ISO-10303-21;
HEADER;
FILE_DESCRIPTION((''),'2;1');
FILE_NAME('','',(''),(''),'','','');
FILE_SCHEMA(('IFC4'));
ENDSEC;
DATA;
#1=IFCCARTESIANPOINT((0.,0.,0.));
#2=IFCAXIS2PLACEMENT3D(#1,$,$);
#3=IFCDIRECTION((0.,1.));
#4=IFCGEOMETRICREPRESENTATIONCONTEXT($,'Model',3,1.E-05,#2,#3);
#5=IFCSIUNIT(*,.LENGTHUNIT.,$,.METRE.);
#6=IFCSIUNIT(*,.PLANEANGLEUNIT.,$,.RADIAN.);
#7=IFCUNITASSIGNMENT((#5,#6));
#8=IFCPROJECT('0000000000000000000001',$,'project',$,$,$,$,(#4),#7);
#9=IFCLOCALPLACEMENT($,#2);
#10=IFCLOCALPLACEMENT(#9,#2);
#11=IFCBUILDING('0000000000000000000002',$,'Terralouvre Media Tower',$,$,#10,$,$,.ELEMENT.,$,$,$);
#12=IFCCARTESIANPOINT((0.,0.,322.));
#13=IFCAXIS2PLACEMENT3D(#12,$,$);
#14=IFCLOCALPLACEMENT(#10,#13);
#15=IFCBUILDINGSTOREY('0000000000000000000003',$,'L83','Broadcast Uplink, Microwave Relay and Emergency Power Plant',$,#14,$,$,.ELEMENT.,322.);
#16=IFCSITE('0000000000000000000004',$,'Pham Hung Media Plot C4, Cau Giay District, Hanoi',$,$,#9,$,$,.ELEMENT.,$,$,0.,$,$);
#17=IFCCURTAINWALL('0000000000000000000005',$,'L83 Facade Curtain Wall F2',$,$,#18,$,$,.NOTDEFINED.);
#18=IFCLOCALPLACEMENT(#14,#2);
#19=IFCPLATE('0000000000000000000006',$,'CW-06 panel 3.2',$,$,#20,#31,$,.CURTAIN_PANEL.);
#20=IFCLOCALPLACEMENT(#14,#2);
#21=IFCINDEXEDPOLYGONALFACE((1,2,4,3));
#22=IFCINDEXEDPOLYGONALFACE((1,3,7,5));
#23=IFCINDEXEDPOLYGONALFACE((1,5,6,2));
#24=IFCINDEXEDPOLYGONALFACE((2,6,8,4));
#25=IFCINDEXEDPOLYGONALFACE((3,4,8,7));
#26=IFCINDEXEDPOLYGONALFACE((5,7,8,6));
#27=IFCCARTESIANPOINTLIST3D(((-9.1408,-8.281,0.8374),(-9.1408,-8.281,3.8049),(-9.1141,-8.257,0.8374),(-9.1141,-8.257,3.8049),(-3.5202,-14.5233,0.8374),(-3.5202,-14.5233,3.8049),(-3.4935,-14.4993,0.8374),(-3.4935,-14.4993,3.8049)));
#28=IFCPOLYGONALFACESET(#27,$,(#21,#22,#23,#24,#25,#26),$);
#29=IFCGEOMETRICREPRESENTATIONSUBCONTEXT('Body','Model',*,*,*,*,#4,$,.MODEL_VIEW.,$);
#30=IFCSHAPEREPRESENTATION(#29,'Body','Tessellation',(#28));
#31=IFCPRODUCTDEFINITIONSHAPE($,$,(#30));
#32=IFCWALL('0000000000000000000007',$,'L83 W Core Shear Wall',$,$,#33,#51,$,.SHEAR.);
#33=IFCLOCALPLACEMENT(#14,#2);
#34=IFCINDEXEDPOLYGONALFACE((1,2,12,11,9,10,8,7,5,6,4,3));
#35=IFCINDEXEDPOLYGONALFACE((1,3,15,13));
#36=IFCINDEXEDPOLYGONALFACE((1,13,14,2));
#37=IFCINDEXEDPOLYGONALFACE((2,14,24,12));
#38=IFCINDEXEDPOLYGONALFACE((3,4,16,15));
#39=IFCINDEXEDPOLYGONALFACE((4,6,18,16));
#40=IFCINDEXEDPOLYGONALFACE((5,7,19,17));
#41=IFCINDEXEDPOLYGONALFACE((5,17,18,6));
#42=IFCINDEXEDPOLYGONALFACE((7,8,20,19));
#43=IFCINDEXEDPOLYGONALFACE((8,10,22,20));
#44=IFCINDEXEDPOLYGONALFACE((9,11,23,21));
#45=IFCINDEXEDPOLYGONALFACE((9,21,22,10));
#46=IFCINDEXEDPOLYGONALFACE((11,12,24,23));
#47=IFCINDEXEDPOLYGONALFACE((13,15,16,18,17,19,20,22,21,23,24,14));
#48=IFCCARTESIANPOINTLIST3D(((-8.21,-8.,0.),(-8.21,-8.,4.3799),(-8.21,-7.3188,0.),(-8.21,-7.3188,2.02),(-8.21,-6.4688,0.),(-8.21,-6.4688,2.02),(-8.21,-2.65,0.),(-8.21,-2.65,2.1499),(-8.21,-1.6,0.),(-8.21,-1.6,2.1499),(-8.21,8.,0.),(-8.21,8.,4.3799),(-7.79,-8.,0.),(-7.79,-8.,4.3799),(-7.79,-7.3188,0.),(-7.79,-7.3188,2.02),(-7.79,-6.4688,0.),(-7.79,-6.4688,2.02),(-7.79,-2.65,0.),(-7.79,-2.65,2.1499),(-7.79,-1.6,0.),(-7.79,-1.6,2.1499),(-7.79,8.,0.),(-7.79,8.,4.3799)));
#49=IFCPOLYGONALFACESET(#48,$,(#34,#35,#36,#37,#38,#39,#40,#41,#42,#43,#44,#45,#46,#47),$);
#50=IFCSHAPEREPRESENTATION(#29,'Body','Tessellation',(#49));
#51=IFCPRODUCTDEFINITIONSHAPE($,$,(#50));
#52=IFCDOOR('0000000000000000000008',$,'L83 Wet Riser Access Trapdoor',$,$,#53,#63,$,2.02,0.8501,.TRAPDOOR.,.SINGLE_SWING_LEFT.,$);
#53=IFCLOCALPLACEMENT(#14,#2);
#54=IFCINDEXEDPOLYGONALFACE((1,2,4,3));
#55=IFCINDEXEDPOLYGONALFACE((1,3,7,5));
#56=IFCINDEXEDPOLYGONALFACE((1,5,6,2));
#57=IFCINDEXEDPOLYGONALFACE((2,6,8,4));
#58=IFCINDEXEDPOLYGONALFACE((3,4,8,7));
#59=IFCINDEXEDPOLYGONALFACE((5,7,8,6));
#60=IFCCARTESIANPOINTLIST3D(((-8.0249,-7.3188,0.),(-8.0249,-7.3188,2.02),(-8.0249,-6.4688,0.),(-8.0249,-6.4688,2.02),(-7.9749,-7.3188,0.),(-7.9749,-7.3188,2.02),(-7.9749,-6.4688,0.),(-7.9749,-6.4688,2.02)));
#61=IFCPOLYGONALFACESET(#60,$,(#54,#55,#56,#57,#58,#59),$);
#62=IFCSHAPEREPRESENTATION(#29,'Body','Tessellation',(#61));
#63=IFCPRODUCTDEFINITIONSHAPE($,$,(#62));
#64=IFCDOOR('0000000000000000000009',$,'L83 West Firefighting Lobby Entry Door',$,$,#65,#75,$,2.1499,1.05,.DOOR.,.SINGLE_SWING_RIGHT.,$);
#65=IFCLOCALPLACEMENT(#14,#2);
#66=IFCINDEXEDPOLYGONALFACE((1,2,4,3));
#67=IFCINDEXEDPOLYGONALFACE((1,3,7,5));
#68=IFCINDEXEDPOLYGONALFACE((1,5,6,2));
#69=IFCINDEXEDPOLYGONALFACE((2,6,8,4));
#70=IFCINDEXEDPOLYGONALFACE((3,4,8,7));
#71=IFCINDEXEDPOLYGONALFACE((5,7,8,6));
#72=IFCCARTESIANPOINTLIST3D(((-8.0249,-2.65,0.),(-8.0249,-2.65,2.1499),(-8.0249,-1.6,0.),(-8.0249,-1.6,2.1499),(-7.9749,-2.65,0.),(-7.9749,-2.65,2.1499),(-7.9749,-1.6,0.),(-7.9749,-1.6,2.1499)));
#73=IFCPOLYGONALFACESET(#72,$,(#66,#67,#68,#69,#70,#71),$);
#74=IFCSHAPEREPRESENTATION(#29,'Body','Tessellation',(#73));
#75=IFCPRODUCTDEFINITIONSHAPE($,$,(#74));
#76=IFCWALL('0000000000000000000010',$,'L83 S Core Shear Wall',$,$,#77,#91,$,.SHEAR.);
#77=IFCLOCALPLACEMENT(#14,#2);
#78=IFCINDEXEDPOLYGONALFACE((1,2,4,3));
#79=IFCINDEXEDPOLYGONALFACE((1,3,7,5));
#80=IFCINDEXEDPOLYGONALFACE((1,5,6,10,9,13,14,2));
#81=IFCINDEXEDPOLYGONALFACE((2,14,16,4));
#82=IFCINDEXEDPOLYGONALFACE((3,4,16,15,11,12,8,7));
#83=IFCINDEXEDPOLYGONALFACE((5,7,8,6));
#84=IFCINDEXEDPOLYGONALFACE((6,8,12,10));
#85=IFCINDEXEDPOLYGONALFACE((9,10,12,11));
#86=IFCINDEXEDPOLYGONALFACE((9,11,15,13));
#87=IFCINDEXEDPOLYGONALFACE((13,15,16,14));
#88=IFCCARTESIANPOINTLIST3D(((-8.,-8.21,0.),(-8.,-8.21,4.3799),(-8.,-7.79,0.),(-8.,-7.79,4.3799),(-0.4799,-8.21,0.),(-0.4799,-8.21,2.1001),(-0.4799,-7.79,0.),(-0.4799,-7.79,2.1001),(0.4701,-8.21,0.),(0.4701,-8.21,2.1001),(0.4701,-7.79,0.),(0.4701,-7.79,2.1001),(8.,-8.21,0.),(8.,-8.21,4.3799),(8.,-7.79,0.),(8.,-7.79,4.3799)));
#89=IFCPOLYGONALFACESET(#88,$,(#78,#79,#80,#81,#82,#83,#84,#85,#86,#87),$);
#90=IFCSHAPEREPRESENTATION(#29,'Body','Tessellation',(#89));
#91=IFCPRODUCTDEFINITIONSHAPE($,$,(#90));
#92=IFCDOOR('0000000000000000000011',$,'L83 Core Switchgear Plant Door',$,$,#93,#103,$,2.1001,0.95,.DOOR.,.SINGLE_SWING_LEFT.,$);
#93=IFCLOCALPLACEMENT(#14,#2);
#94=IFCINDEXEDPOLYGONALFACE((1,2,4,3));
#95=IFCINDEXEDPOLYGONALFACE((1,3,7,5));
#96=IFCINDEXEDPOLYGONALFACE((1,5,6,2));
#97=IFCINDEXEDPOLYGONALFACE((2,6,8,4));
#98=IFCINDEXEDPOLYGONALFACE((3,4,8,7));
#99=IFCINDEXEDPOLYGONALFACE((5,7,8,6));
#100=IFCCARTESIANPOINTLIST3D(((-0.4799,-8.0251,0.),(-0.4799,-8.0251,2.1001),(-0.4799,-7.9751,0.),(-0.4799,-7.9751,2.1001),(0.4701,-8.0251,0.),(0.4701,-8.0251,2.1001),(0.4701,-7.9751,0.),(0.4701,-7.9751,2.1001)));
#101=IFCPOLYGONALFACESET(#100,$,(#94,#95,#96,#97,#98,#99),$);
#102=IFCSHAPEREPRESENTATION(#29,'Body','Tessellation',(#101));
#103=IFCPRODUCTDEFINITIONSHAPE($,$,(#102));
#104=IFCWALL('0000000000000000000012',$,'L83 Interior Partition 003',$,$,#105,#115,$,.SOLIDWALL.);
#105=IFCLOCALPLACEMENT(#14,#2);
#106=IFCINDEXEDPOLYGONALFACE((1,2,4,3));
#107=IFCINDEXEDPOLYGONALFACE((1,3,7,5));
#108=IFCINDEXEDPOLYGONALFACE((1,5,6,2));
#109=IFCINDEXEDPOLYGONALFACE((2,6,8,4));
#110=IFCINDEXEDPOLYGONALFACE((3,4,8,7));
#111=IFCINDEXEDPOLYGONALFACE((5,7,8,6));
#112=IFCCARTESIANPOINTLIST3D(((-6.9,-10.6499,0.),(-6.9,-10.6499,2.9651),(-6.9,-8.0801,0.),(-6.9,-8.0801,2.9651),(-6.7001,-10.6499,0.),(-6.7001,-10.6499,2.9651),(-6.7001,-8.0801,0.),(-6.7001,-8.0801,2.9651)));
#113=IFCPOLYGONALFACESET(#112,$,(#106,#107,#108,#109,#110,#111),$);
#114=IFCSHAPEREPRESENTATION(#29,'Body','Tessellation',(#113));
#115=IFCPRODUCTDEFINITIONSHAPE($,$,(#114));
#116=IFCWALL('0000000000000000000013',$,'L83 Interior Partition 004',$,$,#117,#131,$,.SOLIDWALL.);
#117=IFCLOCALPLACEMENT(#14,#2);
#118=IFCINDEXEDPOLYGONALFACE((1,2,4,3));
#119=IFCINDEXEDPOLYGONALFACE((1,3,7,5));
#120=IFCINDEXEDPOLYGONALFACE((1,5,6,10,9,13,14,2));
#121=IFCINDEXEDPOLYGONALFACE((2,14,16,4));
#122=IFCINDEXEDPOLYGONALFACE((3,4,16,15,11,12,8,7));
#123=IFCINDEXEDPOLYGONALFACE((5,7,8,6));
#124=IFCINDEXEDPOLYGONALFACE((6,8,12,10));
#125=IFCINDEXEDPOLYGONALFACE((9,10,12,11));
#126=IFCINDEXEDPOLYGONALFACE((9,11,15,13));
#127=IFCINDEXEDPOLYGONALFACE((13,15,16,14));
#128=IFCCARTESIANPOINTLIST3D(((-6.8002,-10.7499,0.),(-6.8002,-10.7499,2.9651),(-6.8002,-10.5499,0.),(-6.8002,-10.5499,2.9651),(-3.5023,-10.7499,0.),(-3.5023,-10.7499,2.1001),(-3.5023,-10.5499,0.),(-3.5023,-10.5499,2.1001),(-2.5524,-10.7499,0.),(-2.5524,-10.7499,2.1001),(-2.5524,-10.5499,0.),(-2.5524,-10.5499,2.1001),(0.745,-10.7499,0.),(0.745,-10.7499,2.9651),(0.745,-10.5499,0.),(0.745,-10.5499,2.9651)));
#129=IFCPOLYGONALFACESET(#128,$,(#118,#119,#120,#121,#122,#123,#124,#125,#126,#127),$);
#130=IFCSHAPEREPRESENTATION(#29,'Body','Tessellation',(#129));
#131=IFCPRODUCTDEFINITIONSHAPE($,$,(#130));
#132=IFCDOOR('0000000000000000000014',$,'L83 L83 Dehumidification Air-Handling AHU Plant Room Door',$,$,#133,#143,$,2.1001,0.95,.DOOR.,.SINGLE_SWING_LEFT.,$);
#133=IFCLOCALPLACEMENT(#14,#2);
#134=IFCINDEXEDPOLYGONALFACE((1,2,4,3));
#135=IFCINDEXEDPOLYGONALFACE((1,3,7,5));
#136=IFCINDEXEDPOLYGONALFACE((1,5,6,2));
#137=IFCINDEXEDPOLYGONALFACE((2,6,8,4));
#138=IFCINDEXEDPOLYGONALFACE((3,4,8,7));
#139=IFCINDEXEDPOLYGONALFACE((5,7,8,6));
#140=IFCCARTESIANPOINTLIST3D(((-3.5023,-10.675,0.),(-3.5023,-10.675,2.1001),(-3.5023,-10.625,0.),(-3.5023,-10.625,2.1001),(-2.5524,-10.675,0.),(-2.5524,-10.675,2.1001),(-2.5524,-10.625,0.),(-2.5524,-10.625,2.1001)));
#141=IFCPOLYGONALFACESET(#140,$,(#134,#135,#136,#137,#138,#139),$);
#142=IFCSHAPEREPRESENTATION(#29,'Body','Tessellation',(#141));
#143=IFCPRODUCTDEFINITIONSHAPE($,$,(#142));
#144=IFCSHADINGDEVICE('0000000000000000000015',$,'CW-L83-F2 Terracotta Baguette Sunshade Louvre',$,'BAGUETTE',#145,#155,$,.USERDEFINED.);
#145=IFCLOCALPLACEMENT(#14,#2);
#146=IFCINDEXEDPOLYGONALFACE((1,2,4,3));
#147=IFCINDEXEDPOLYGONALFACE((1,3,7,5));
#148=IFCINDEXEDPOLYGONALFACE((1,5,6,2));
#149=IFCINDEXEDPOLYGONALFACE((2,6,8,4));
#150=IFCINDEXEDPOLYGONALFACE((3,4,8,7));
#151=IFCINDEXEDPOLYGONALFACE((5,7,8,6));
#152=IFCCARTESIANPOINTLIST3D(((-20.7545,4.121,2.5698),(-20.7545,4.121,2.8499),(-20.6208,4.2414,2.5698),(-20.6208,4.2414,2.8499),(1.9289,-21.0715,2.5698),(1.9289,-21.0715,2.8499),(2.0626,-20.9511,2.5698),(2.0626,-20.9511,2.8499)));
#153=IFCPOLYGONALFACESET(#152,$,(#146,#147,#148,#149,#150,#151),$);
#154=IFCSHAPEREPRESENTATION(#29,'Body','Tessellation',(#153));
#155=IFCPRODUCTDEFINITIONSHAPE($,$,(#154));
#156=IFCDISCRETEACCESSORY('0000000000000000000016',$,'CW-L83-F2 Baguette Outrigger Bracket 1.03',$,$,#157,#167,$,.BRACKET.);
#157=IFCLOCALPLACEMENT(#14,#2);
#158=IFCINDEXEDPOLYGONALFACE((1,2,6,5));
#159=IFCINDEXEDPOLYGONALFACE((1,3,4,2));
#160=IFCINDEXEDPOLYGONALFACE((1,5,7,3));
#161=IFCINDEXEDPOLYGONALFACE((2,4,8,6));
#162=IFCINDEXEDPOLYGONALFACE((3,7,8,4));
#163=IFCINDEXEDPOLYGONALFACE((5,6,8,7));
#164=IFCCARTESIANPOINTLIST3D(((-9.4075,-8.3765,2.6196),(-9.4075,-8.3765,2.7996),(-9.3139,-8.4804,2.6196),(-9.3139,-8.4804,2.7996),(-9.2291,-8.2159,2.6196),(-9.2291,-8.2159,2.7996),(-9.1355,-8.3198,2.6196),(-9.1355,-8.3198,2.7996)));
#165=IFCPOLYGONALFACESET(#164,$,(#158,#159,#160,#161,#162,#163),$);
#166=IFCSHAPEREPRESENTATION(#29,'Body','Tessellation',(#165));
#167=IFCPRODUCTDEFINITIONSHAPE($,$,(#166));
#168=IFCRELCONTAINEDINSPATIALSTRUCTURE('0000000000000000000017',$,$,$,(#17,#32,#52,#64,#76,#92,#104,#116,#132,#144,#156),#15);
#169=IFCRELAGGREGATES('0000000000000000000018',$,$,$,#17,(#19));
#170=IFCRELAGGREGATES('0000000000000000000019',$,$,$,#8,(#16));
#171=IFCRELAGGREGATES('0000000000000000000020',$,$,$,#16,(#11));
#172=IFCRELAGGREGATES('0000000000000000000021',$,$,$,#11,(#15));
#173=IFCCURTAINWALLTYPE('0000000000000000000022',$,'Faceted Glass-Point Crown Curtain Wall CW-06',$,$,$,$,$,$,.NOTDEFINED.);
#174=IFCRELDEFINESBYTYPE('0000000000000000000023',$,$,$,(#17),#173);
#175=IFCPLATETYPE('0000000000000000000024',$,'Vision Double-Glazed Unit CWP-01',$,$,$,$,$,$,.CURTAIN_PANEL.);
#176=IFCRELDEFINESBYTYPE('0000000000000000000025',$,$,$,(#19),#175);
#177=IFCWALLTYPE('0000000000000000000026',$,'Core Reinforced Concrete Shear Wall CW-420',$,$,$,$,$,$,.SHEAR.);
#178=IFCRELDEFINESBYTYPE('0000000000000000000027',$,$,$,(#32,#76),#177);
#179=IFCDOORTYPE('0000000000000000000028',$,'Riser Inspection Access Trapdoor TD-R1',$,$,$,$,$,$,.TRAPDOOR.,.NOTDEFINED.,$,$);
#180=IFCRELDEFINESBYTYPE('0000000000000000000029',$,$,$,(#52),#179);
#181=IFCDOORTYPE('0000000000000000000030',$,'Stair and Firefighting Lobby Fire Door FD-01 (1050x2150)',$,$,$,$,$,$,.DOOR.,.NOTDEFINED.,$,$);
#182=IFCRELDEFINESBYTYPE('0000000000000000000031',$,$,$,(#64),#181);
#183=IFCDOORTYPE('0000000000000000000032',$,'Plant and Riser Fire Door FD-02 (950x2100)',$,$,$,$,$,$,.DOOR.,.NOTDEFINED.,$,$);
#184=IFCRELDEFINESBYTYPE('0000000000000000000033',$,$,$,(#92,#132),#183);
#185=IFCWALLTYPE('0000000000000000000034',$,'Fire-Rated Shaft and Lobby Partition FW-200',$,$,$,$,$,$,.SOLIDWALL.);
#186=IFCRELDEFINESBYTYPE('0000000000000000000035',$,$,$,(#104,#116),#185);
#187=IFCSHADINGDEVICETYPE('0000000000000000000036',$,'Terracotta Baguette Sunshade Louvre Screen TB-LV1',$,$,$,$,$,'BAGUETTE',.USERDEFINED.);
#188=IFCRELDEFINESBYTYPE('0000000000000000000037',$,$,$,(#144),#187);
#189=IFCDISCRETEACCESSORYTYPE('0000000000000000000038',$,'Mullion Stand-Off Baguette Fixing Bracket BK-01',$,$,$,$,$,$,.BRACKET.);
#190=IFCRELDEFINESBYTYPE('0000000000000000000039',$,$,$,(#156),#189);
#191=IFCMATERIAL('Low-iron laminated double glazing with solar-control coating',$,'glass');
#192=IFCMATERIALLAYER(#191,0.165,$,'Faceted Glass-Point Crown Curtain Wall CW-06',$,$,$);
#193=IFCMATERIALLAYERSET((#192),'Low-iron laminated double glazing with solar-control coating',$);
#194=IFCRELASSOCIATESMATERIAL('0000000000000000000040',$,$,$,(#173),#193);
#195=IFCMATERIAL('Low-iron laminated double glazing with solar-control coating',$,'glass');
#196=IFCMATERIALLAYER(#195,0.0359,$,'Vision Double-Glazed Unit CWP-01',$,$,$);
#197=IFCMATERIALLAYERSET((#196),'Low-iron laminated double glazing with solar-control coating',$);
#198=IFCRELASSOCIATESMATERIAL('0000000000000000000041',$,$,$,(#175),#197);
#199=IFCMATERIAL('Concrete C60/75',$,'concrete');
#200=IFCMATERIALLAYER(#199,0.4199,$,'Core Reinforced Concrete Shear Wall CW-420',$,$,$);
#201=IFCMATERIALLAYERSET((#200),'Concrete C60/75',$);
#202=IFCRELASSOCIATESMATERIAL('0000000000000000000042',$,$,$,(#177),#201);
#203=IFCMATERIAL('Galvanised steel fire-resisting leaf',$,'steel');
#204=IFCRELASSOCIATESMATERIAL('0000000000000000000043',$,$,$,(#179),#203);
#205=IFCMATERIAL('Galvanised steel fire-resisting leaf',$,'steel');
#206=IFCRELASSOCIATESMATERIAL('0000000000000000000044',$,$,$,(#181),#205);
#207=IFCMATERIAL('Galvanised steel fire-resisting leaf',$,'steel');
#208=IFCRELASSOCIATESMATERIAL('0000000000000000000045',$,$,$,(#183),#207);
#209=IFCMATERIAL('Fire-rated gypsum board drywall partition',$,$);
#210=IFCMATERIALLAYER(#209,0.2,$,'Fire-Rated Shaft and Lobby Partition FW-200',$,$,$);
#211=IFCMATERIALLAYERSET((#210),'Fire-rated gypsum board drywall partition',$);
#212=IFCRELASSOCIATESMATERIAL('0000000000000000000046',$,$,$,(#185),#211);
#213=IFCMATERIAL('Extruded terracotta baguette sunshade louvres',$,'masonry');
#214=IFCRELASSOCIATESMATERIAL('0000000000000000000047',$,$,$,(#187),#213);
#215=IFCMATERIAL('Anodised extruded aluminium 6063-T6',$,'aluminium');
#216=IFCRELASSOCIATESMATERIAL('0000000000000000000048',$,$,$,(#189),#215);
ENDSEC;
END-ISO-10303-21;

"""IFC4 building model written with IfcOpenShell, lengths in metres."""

from ifc_helpers import new_model, si_unit, direction, frame, frame_2d, origin, origin_2d, place, context, subcontext, project, spatial, rectangle, extrude, material, layer, layer_set, type_object, element, fill, aggregate, save


model = new_model("IFC4")

# Units and contexts
model_context = context("Model", 3, precision=1e-05, world=origin(), true_north=direction((0.0, 1.0)))
body_context = subcontext(model_context, "Body", "Model", "MODEL_VIEW")
ifc_project = project(units=[si_unit("LENGTHUNIT", "METRE"), si_unit("PLANEANGLEUNIT", "RADIAN")], contexts=[model_context])

# Site, building, storey
site_placement = place(None, origin())
site = spatial("IfcSite", under=ifc_project, at=site_placement, Name="Pham Hung Media Plot C4, Cau Giay District, Hanoi", CompositionType="ELEMENT", RefElevation=0.0)
building_placement = place(site_placement, origin())
building = spatial("IfcBuilding", under=site, at=building_placement, Name="Terralouvre Media Tower", CompositionType="ELEMENT")
storey_placement = place(building_placement, frame((0.0, 0.0, 322.0)))
storey = spatial("IfcBuildingStorey", under=building, at=storey_placement, Name="L83", Description="Broadcast Uplink, Microwave Relay and Emergency Power Plant", CompositionType="ELEMENT", Elevation=322.0)

# Curtain wall
ifc_material_1 = material(Name="Low-iron laminated double glazing with solar-control coating", Category="glass")
ifc_layer_1 = layer(ifc_material_1, 0.165, Name="Faceted Glass-Point Crown Curtain Wall CW-06")
ifc_layer_set_1 = layer_set([ifc_layer_1], Name="Low-iron laminated double glazing with solar-control coating")
curtain_wall_type = type_object("IfcCurtainWallType", Name="Faceted Glass-Point Crown Curtain Wall CW-06", PredefinedType="NOTDEFINED", material=ifc_layer_set_1)
curtain_wall_placement = place(storey_placement, origin())
curtain_wall = element("IfcCurtainWall", 1, at=curtain_wall_placement, inside=storey, type_object=curtain_wall_type, Name="L83 Facade Curtain Wall F2", PredefinedType="NOTDEFINED")

# Plate
ifc_material_2 = material(Name="Low-iron laminated double glazing with solar-control coating", Category="glass")
ifc_layer_2 = layer(ifc_material_2, 0.0359, Name="Vision Double-Glazed Unit CWP-01")
ifc_layer_set_2 = layer_set([ifc_layer_2], Name="Low-iron laminated double glazing with solar-control coating")
plate_type = type_object("IfcPlateType", Name="Vision Double-Glazed Unit CWP-01", PredefinedType="CURTAIN_PANEL", material=ifc_layer_set_2)
plate_1_placement = place(storey_placement, frame((-6.3171, -11.3901, 0.8374), z_axis=(0.0, 0.0, 1.0), x_axis=(0.669131, -0.743145, 0.0)))
plate_1 = element("IfcPlate", 2, at=plate_1_placement, type_object=plate_type, Name="CW-06 panel 3.2", PredefinedType="CURTAIN_PANEL", context=body_context, shape_type="SweptSolid", body=[
    extrude(rectangle(XDim=8.3999, YDim=0.0359, at=origin_2d()), origin(), (0.0, 0.0, 1.0), 2.9675),
])
aggregate(curtain_wall, [plate_1])

# Wall, openings, doors
ifc_material_3 = material(Name="Concrete C60/75", Category="concrete")
ifc_layer_3 = layer(ifc_material_3, 0.4199, Name="Core Reinforced Concrete Shear Wall CW-420")
ifc_layer_set_3 = layer_set([ifc_layer_3], Name="Concrete C60/75")
wall_type_1 = type_object("IfcWallType", Name="Core Reinforced Concrete Shear Wall CW-420", PredefinedType="SHEAR", material=ifc_layer_set_3)
wall_1_placement = place(storey_placement, frame((-8.0, -8.0, 0.0), z_axis=(0.0, 0.0, 1.0), x_axis=(0.0, 1.0, 0.0)))
wall_1 = element("IfcWall", 3, at=wall_1_placement, inside=storey, type_object=wall_type_1, Name="L83 W Core Shear Wall", PredefinedType="SHEAR", context=body_context, shape_type="SweptSolid", body=[
    extrude(rectangle(XDim=16.0, YDim=0.4199, at=frame_2d((8.0, 0.0))), origin(), (0.0, 0.0, 1.0), 4.3799),
])
opening_1_placement = place(wall_1_placement, frame((0.6812, 0.0, 0.0)))
opening_1 = element("IfcOpeningElement", 4, at=opening_1_placement, cuts=wall_1, PredefinedType="OPENING", context=body_context, shape_type="SweptSolid", body=[
    extrude(rectangle(XDim=0.8501, YDim=2.02, at=frame_2d((0.425, 1.01))), frame((0.0, 0.22, 0.0), z_axis=(0.0, -1.0, 0.0), x_axis=(1.0, 0.0, 0.0)), (0.0, 0.0, 1.0), 0.4399),
])
opening_2_placement = place(wall_1_placement, frame((5.3501, 0.0, 0.0)))
opening_2 = element("IfcOpeningElement", 5, at=opening_2_placement, cuts=wall_1, PredefinedType="OPENING", context=body_context, shape_type="SweptSolid", body=[
    extrude(rectangle(XDim=1.05, YDim=2.1499, at=frame_2d((0.5249, 1.075))), frame((0.0, 0.22, 0.0), z_axis=(0.0, -1.0, 0.0), x_axis=(1.0, 0.0, 0.0)), (0.0, 0.0, 1.0), 0.4399),
])
ifc_material_4 = material(Name="Galvanised steel fire-resisting leaf", Category="steel")
door_type_1 = type_object("IfcDoorType", Name="Riser Inspection Access Trapdoor TD-R1", OperationType="NOTDEFINED", PredefinedType="TRAPDOOR", material=ifc_material_4)
door_1_placement = place(opening_1_placement, origin())
door_1 = element("IfcDoor", 6, at=door_1_placement, inside=storey, type_object=door_type_1, Name="L83 Wet Riser Access Trapdoor", OperationType="SINGLE_SWING_LEFT", OverallHeight=2.02, OverallWidth=0.8501, PredefinedType="TRAPDOOR", context=body_context, shape_type="SweptSolid", body=[
    extrude(rectangle(XDim=0.8501, YDim=2.02, at=frame_2d((0.425, 1.01))), frame((0.0, 0.0249, 0.0), z_axis=(0.0, -1.0, 0.0), x_axis=(1.0, 0.0, 0.0)), (0.0, 0.0, 1.0), 0.05),
])
fill(opening_1, door_1)
ifc_material_5 = material(Name="Galvanised steel fire-resisting leaf", Category="steel")
door_type_2 = type_object("IfcDoorType", Name="Stair and Firefighting Lobby Fire Door FD-01 (1050x2150)", OperationType="NOTDEFINED", PredefinedType="DOOR", material=ifc_material_5)
door_2_placement = place(opening_2_placement, origin())
door_2 = element("IfcDoor", 7, at=door_2_placement, inside=storey, type_object=door_type_2, Name="L83 West Firefighting Lobby Entry Door", OperationType="SINGLE_SWING_RIGHT", OverallHeight=2.1499, OverallWidth=1.05, PredefinedType="DOOR", context=body_context, shape_type="SweptSolid", body=[
    extrude(rectangle(XDim=1.05, YDim=2.1499, at=frame_2d((0.5249, 1.075))), frame((0.0, 0.0249, 0.0), z_axis=(0.0, -1.0, 0.0), x_axis=(1.0, 0.0, 0.0)), (0.0, 0.0, 1.0), 0.05),
])
fill(opening_2, door_2)

# Wall, opening, door
wall_2_placement = place(storey_placement, frame((-8.0, -8.0, 0.0), z_axis=(0.0, 0.0, 1.0), x_axis=(1.0, 0.0, 0.0)))
wall_2 = element("IfcWall", 8, at=wall_2_placement, inside=storey, type_object=wall_type_1, Name="L83 S Core Shear Wall", PredefinedType="SHEAR", context=body_context, shape_type="SweptSolid", body=[
    extrude(rectangle(XDim=16.0, YDim=0.4199, at=frame_2d((8.0, 0.0))), origin(), (0.0, 0.0, 1.0), 4.3799),
])
opening_3_placement = place(wall_2_placement, frame((7.52, 0.0, 0.0)))
opening_3 = element("IfcOpeningElement", 9, at=opening_3_placement, cuts=wall_2, PredefinedType="OPENING", context=body_context, shape_type="SweptSolid", body=[
    extrude(rectangle(XDim=0.95, YDim=2.1001, at=frame_2d((0.4751, 1.05))), frame((0.0, 0.22, 0.0), z_axis=(0.0, -1.0, 0.0), x_axis=(1.0, 0.0, 0.0)), (0.0, 0.0, 1.0), 0.4399),
])
ifc_material_6 = material(Name="Galvanised steel fire-resisting leaf", Category="steel")
door_type_3 = type_object("IfcDoorType", Name="Plant and Riser Fire Door FD-02 (950x2100)", OperationType="NOTDEFINED", PredefinedType="DOOR", material=ifc_material_6)
door_3_placement = place(opening_3_placement, origin())
door_3 = element("IfcDoor", 10, at=door_3_placement, inside=storey, type_object=door_type_3, Name="L83 Core Switchgear Plant Door", OperationType="SINGLE_SWING_LEFT", OverallHeight=2.1001, OverallWidth=0.95, PredefinedType="DOOR", context=body_context, shape_type="SweptSolid", body=[
    extrude(rectangle(XDim=0.95, YDim=2.1001, at=frame_2d((0.4751, 1.05))), frame((0.0, 0.0249, 0.0), z_axis=(0.0, -1.0, 0.0), x_axis=(1.0, 0.0, 0.0)), (0.0, 0.0, 1.0), 0.05),
])
fill(opening_3, door_3)

# Wall
ifc_material_7 = material(Name="Fire-rated gypsum board drywall partition")
ifc_layer_4 = layer(ifc_material_7, 0.2, Name="Fire-Rated Shaft and Lobby Partition FW-200")
ifc_layer_set_4 = layer_set([ifc_layer_4], Name="Fire-rated gypsum board drywall partition")
wall_type_2 = type_object("IfcWallType", Name="Fire-Rated Shaft and Lobby Partition FW-200", PredefinedType="SOLIDWALL", material=ifc_layer_set_4)
wall_3_placement = place(storey_placement, frame((-6.8, -8.0801, 0.0), z_axis=(0.0, 0.0, 1.0), x_axis=(0.0, -1.0, 0.0)))
element("IfcWall", 11, at=wall_3_placement, inside=storey, type_object=wall_type_2, Name="L83 Interior Partition 003", PredefinedType="SOLIDWALL", context=body_context, shape_type="SweptSolid", body=[
    extrude(rectangle(XDim=2.5698, YDim=0.2, at=frame_2d((1.2849, 0.0))), origin(), (0.0, 0.0, 1.0), 2.9651),
])

# Wall, opening, door
wall_4_placement = place(storey_placement, frame((-6.8, -10.6499, 0.0), z_axis=(0.0, 0.0, 1.0), x_axis=(1.0, 0.0, 0.0)))
wall_4 = element("IfcWall", 12, at=wall_4_placement, inside=storey, type_object=wall_type_2, Name="L83 Interior Partition 004", PredefinedType="SOLIDWALL", context=body_context, shape_type="SweptSolid", body=[
    extrude(rectangle(XDim=7.5452, YDim=0.2, at=frame_2d((3.7725, 0.0))), origin(), (0.0, 0.0, 1.0), 2.9651),
])
opening_4_placement = place(wall_4_placement, frame((3.2976, 0.0, 0.0)))
opening_4 = element("IfcOpeningElement", 13, at=opening_4_placement, cuts=wall_4, PredefinedType="OPENING", context=body_context, shape_type="SweptSolid", body=[
    extrude(rectangle(XDim=0.95, YDim=2.1001, at=frame_2d((0.4751, 1.05))), frame((0.0, 0.1099, 0.0), z_axis=(0.0, -1.0, 0.0), x_axis=(1.0, 0.0, 0.0)), (0.0, 0.0, 1.0), 0.22),
])
door_4_placement = place(opening_4_placement, origin())
door_4 = element("IfcDoor", 14, at=door_4_placement, inside=storey, type_object=door_type_3, Name="L83 L83 Dehumidification Air-Handling AHU Plant Room Door", OperationType="SINGLE_SWING_LEFT", OverallHeight=2.1001, OverallWidth=0.95, PredefinedType="DOOR", context=body_context, shape_type="SweptSolid", body=[
    extrude(rectangle(XDim=0.95, YDim=2.1001, at=frame_2d((0.4751, 1.05))), frame((0.0, 0.0249, 0.0), z_axis=(0.0, -1.0, 0.0), x_axis=(1.0, 0.0, 0.0)), (0.0, 0.0, 1.0), 0.05),
])
fill(opening_4, door_4)

# Shading device
ifc_material_8 = material(Name="Extruded terracotta baguette sunshade louvres", Category="masonry")
shading_device_type = type_object("IfcShadingDeviceType", Name="Terracotta Baguette Sunshade Louvre Screen TB-LV1", ElementType="BAGUETTE", PredefinedType="USERDEFINED", material=ifc_material_8)
shading_device_placement = place(storey_placement, frame((-9.3459, -8.415, 2.5698), z_axis=(0.0, 0.0, 1.0), x_axis=(0.669131, -0.743145, 0.0)))
element("IfcShadingDevice", 15, at=shading_device_placement, inside=storey, type_object=shading_device_type, Name="CW-L83-F2 Terracotta Baguette Sunshade Louvre", ObjectType="BAGUETTE", PredefinedType="USERDEFINED", context=body_context, shape_type="SweptSolid", body=[
    extrude(rectangle(XDim=33.8999, YDim=0.1799, at=origin_2d()), origin(), (0.0, 0.0, 1.0), 0.28),
])

# Discrete accessory
ifc_material_9 = material(Name="Anodised extruded aluminium 6063-T6", Category="aluminium")
discrete_accessory_type = type_object("IfcDiscreteAccessoryType", Name="Mullion Stand-Off Baguette Fixing Bracket BK-01", PredefinedType="BRACKET", material=ifc_material_9)
discrete_accessory_placement = place(storey_placement, frame((-9.2715, -8.3481, 2.6196), z_axis=(0.0, 0.0, 1.0), x_axis=(0.669131, -0.743145, 0.0)))
element("IfcDiscreteAccessory", 16, at=discrete_accessory_placement, inside=storey, type_object=discrete_accessory_type, Name="CW-L83-F2 Baguette Outrigger Bracket 1.03", PredefinedType="BRACKET", context=body_context, shape_type="SweptSolid", body=[
    extrude(rectangle(XDim=0.1399, YDim=0.24, at=origin_2d()), origin(), (0.0, 0.0, 1.0), 0.1799),
])

save(model, "model.ifc")
